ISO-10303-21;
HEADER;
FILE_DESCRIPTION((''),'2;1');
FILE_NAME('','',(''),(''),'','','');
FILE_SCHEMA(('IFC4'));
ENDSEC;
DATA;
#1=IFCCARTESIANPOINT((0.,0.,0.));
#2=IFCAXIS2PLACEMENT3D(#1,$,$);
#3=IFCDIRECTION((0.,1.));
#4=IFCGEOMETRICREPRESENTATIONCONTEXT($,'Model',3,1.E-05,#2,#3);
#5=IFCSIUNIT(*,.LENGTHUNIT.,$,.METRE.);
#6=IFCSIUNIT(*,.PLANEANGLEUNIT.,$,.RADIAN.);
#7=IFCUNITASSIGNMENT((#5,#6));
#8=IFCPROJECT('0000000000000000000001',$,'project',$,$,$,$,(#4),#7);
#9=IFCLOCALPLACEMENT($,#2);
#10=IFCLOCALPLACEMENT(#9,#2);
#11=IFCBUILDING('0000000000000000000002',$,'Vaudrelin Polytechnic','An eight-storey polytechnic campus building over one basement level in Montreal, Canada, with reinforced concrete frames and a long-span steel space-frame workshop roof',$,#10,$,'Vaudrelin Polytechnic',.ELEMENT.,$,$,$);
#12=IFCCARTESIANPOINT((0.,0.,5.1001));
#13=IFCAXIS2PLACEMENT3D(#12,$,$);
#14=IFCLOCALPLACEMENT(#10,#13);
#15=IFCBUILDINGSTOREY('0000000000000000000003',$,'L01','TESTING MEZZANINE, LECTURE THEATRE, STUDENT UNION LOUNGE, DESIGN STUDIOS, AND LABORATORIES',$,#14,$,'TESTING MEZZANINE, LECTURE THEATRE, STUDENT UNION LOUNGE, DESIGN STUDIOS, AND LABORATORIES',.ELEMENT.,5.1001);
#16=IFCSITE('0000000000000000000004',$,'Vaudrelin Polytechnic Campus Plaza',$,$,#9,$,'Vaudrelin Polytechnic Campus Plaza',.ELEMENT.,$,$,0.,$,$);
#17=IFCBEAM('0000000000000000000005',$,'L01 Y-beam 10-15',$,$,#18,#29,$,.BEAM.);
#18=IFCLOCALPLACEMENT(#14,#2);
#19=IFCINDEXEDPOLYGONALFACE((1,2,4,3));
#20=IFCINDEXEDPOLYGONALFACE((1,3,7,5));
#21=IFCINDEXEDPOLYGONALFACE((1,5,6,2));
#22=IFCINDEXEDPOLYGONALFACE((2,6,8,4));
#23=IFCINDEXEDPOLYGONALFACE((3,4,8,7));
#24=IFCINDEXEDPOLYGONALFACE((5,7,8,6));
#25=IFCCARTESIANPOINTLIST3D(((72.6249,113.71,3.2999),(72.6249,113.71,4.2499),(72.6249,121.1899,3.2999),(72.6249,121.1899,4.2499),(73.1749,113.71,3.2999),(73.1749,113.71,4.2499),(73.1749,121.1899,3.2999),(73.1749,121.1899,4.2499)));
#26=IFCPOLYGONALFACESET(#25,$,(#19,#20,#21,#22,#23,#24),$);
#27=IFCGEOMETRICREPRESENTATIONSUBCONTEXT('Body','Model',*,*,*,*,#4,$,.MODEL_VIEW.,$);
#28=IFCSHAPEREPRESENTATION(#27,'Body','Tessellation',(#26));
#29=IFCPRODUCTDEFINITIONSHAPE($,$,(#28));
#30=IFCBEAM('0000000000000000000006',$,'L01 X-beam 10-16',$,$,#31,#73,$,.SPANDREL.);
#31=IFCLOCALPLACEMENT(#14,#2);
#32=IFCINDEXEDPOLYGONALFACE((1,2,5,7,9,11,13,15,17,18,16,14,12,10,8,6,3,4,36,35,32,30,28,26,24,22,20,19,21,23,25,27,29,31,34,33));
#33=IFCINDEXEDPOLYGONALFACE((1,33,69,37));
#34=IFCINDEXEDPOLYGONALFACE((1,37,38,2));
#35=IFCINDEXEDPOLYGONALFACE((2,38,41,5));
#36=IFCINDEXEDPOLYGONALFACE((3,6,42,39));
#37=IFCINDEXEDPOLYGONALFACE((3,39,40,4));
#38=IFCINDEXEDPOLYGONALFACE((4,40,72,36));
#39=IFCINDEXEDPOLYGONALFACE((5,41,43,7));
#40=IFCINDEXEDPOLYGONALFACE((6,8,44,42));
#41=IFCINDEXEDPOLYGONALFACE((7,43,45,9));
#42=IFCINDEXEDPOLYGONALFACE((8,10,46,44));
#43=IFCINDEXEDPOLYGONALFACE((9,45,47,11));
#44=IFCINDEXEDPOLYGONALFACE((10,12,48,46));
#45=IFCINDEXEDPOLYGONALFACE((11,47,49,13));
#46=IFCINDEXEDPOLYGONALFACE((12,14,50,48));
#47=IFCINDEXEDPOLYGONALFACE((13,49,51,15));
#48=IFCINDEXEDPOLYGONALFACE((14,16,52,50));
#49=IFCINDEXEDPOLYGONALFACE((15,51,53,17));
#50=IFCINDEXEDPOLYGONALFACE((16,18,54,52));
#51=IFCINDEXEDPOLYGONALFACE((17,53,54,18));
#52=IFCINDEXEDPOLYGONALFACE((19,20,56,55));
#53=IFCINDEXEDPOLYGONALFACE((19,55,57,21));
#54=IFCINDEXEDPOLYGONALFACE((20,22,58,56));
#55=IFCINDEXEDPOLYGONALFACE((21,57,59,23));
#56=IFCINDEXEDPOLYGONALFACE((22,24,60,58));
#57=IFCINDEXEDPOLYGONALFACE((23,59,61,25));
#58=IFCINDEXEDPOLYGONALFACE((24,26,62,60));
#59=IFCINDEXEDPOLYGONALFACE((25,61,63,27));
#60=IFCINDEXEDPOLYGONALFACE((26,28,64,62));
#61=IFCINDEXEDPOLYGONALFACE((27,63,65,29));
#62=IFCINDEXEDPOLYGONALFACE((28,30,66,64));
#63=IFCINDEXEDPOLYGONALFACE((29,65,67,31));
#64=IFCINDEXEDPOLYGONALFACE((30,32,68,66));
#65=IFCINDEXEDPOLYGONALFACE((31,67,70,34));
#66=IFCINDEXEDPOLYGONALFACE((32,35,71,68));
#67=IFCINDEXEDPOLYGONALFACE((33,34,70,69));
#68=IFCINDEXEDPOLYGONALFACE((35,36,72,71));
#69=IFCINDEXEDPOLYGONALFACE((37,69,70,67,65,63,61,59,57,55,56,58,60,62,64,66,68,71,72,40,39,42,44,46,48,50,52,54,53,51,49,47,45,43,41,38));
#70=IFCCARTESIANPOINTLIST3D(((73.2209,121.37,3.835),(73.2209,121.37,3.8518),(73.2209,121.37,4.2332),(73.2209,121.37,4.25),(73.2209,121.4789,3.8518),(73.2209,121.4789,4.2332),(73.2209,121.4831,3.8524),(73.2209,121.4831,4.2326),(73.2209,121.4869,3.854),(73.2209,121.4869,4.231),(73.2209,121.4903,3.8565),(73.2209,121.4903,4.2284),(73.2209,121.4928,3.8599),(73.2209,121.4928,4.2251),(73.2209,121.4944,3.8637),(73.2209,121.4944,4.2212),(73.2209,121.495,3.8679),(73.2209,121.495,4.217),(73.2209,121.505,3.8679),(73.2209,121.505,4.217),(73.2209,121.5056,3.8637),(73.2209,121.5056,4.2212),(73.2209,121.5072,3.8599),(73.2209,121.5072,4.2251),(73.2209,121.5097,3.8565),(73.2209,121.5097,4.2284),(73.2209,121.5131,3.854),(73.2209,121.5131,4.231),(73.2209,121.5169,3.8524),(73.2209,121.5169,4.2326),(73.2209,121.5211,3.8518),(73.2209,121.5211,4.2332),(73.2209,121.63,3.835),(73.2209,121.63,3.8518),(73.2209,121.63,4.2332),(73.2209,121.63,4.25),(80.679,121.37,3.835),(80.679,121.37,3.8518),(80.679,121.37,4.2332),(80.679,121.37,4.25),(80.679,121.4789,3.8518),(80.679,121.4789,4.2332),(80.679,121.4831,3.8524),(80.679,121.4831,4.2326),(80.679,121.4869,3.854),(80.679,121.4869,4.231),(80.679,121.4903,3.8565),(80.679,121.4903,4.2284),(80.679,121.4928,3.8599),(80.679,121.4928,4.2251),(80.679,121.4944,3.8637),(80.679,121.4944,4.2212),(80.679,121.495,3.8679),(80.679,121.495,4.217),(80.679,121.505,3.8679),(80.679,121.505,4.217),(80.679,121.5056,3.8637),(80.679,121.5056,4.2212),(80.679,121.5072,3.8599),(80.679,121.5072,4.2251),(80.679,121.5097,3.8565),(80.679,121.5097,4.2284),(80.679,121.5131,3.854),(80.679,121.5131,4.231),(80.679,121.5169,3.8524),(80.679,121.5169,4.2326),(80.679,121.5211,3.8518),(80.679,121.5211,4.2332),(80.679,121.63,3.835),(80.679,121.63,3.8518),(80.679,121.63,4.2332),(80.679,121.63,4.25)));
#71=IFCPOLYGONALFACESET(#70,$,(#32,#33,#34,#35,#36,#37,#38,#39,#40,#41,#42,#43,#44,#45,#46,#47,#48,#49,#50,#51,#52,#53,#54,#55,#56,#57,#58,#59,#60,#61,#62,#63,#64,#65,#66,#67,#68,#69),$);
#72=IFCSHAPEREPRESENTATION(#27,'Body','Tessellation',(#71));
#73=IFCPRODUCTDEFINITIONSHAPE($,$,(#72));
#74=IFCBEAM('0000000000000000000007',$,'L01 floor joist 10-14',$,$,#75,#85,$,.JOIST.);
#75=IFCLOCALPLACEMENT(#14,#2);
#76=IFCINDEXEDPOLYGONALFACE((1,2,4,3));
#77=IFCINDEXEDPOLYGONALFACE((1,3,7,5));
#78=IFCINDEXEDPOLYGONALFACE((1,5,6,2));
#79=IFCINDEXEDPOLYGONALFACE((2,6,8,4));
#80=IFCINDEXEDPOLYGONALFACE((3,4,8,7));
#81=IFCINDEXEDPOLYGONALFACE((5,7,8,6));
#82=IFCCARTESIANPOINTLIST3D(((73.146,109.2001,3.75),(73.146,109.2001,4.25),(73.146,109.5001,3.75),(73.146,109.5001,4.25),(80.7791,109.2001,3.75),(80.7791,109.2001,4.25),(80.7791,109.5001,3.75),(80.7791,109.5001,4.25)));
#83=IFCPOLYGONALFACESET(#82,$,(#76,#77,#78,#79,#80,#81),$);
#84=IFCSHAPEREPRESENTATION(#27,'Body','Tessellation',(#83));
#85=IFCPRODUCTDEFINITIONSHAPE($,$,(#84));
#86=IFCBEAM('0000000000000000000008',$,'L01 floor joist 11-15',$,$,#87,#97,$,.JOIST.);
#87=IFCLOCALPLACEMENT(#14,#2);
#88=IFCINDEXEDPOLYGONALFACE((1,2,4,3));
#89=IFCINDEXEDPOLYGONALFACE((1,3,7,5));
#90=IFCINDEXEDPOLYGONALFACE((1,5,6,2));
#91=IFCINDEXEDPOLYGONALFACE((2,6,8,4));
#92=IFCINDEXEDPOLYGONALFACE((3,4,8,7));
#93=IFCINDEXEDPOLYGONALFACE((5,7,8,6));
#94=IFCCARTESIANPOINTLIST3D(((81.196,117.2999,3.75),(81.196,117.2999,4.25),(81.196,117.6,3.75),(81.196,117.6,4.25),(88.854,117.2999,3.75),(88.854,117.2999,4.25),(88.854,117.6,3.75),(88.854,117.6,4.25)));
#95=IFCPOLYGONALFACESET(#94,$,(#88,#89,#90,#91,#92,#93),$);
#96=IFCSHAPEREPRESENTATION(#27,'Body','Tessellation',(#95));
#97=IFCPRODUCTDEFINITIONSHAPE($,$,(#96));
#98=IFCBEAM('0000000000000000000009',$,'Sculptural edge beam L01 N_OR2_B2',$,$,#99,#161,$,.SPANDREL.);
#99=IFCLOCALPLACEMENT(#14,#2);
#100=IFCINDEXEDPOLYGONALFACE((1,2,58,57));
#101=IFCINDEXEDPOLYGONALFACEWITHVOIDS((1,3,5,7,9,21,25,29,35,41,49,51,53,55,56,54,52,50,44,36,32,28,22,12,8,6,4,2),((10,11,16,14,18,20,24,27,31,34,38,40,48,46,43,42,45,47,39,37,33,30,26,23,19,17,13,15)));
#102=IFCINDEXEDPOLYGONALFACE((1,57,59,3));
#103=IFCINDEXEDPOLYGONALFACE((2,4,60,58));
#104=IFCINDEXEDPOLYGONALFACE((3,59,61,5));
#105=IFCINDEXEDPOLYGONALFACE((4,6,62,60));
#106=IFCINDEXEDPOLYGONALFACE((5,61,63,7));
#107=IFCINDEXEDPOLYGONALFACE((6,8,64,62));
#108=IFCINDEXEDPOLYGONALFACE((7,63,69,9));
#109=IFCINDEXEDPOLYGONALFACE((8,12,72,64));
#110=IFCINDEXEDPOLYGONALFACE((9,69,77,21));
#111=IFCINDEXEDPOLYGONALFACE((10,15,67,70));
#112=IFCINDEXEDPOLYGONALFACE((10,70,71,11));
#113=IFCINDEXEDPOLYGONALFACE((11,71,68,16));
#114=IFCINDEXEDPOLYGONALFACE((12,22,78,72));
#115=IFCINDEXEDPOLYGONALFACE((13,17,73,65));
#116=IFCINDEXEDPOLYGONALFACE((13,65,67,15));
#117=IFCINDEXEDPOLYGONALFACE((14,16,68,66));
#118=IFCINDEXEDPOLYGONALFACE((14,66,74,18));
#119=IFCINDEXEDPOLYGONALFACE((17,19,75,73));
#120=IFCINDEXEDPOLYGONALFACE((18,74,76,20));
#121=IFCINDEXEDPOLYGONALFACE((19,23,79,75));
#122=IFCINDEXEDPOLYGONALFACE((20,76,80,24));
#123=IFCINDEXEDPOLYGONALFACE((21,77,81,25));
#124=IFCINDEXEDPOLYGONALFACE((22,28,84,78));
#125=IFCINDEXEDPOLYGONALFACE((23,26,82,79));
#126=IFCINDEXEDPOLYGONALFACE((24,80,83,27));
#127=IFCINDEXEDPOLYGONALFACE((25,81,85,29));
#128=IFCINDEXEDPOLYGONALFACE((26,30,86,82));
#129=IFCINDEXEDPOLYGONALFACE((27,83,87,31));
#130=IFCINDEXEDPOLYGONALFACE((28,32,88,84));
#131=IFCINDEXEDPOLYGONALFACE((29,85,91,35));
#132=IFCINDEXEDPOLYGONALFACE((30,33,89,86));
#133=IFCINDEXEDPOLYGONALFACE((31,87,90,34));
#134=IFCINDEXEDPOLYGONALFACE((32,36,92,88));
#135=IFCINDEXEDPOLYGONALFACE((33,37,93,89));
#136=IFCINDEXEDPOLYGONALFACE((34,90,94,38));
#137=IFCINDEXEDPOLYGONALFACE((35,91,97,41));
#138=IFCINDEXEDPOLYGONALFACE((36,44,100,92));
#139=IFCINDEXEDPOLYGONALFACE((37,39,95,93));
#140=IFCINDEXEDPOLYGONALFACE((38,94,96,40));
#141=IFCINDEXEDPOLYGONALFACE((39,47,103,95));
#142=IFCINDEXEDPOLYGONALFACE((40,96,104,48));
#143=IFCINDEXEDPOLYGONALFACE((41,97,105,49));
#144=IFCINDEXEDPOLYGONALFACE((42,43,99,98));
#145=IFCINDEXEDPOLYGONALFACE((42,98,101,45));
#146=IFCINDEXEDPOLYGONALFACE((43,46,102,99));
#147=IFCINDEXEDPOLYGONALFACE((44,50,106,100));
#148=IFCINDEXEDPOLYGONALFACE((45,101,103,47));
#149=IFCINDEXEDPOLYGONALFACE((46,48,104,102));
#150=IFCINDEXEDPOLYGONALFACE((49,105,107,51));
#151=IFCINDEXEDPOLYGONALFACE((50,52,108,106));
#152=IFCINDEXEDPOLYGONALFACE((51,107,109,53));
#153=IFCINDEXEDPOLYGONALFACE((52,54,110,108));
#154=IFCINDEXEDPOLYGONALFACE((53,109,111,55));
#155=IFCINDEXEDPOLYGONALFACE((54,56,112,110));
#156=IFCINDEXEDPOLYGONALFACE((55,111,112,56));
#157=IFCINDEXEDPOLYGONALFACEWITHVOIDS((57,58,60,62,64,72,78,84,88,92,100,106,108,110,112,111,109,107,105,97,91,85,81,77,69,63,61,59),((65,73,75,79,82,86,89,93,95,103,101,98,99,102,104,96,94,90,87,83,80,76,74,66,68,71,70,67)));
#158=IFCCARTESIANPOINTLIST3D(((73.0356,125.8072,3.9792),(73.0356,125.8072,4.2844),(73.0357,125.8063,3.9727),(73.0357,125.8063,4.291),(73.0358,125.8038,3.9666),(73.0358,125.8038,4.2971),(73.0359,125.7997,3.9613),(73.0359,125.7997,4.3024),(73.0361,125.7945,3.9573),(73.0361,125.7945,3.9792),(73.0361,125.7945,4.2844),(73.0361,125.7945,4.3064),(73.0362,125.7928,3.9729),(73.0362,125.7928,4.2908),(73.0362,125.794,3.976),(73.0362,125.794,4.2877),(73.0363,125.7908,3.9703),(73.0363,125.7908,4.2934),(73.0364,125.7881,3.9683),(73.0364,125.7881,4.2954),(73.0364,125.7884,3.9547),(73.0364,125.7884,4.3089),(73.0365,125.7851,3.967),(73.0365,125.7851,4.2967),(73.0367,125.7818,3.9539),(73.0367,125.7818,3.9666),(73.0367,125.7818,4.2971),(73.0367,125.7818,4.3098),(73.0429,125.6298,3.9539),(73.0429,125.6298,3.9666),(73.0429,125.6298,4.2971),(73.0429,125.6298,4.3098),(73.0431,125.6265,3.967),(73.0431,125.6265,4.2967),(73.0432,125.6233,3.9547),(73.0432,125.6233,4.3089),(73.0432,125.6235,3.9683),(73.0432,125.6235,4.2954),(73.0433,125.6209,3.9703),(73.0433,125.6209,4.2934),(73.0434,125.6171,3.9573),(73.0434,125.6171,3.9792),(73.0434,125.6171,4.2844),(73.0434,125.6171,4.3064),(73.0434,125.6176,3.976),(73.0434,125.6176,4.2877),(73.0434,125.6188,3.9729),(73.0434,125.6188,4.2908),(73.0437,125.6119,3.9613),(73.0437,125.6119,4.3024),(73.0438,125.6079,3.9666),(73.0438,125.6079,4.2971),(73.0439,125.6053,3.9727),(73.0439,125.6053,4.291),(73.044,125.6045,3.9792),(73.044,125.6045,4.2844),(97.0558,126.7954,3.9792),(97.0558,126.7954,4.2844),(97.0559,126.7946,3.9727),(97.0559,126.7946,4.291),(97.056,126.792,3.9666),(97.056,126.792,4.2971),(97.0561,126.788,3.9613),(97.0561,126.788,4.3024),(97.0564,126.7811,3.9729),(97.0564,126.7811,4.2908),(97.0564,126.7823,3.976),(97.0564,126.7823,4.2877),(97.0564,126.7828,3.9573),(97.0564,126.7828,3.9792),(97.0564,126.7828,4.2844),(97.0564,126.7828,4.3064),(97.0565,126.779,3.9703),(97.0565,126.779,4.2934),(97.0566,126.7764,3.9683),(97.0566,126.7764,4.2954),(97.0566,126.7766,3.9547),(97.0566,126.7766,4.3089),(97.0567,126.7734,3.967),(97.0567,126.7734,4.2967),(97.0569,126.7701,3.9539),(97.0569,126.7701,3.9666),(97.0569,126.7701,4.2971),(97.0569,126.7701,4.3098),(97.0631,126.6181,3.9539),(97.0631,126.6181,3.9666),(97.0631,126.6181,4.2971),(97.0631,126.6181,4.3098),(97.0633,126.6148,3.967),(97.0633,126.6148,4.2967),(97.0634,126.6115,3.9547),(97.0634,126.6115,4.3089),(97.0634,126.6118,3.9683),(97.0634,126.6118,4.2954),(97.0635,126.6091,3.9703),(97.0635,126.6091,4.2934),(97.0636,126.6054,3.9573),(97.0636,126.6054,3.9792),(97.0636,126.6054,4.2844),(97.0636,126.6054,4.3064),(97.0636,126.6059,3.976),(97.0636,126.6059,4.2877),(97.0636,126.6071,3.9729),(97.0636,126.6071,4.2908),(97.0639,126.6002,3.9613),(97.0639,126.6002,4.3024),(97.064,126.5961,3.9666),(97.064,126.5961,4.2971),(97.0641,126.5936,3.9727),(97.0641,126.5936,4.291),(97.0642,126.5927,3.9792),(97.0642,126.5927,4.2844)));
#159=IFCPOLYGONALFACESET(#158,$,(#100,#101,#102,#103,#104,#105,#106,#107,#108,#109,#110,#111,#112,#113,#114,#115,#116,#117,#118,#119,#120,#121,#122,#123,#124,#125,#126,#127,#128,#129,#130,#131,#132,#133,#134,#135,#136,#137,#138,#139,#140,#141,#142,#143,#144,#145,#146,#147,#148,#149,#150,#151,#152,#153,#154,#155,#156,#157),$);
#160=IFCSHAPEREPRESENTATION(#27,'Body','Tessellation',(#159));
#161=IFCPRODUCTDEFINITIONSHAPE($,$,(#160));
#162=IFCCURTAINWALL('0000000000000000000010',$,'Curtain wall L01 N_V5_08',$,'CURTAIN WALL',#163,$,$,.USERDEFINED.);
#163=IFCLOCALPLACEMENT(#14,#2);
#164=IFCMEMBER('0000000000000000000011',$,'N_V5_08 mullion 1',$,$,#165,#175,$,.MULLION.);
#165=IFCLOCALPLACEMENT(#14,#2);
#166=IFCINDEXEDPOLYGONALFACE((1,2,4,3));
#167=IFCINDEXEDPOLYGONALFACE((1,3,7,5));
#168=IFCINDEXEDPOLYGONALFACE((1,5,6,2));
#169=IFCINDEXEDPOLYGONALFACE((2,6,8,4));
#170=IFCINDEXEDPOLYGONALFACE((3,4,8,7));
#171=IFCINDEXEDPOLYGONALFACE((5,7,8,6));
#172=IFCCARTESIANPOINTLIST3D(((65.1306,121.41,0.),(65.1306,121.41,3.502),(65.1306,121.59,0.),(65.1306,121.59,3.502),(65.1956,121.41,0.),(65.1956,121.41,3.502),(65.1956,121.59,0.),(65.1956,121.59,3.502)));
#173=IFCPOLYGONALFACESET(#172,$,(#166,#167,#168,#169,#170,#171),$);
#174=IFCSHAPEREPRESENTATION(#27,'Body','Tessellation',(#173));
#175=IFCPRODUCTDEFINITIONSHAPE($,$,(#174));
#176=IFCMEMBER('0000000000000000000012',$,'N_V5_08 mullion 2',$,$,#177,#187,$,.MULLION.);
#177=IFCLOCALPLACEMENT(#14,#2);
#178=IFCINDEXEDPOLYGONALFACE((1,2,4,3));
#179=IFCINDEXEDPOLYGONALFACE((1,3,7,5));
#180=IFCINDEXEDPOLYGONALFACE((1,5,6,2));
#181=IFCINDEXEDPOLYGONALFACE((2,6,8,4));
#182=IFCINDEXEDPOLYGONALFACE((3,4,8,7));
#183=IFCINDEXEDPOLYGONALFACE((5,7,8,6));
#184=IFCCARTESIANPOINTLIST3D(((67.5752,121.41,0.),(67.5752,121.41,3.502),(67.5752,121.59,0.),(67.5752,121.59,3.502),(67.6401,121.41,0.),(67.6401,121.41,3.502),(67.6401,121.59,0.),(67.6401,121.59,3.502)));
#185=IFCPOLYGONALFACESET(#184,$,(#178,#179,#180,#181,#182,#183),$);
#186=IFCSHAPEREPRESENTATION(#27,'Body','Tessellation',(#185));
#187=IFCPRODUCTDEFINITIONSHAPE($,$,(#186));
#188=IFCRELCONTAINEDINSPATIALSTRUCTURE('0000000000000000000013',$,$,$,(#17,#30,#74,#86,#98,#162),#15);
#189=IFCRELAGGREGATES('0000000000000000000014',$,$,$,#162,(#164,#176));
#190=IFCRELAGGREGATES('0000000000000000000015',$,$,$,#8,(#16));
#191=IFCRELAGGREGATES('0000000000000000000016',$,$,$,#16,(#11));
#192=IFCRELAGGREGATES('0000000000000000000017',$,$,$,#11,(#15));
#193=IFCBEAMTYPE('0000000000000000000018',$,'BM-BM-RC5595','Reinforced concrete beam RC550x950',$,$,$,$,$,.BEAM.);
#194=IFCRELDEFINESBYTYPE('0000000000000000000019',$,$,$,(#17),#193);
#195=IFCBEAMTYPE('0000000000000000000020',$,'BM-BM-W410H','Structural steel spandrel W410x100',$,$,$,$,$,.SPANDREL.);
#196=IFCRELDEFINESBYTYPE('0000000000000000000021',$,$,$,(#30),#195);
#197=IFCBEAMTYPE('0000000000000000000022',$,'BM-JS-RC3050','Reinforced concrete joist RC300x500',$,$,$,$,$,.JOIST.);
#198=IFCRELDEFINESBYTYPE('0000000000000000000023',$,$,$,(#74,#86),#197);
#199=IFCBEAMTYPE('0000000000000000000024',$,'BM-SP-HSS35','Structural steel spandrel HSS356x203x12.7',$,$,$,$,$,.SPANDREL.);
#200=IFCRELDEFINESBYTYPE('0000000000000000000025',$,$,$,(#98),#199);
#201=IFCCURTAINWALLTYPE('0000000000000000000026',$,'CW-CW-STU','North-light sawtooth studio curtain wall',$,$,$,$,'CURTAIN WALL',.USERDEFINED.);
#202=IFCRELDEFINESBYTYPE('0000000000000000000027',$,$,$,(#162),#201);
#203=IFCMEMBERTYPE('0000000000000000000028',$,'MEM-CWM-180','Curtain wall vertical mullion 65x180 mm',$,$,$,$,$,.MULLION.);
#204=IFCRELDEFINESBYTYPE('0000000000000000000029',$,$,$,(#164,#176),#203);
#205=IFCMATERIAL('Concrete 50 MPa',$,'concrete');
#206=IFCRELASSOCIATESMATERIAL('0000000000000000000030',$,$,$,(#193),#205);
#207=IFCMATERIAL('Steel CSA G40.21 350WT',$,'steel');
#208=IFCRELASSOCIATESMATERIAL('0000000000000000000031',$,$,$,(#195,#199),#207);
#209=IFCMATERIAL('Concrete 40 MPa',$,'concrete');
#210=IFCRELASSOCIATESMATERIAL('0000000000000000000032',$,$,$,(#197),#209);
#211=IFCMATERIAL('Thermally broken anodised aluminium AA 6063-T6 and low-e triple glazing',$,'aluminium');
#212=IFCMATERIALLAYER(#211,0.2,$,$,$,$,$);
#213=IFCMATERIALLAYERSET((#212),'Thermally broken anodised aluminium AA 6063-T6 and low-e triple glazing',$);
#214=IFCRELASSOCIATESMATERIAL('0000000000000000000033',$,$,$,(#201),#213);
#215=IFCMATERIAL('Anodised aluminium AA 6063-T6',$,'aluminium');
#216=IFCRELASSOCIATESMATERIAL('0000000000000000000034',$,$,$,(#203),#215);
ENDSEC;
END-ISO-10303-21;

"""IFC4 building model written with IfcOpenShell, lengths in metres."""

from ifc_helpers import new_model, si_unit, direction, frame, origin, origin_2d, place, context, subcontext, project, spatial, rectangle, hollow_rectangle, i_section, extrude, material, layer, layer_set, material_profile, profile_set, type_object, element, aggregate, save


model = new_model("IFC4")

# Units and contexts
model_context = context("Model", 3, precision=1e-05, world=origin(), true_north=direction((0.0, 1.0)))
body_context = subcontext(model_context, "Body", "Model", "MODEL_VIEW")
ifc_project = project(units=[si_unit("LENGTHUNIT", "METRE"), si_unit("PLANEANGLEUNIT", "RADIAN")], contexts=[model_context])

# Site, building, storey
site_placement = place(None, origin())
site = spatial("IfcSite", under=ifc_project, at=site_placement, Name="Vaudrelin Polytechnic Campus Plaza", LongName="Vaudrelin Polytechnic Campus Plaza", CompositionType="ELEMENT", RefElevation=0.0)
building_placement = place(site_placement, origin())
building = spatial("IfcBuilding", under=site, at=building_placement, Name="Vaudrelin Polytechnic", Description="An eight-storey polytechnic campus building over one basement level in Montreal, Canada, with reinforced concrete frames and a long-span steel space-frame workshop roof", LongName="Vaudrelin Polytechnic", CompositionType="ELEMENT")
storey_placement = place(building_placement, frame((0.0, 0.0, 5.1001)))
storey = spatial("IfcBuildingStorey", under=building, at=storey_placement, Name="L01", Description="TESTING MEZZANINE, LECTURE THEATRE, STUDENT UNION LOUNGE, DESIGN STUDIOS, AND LABORATORIES", LongName="TESTING MEZZANINE, LECTURE THEATRE, STUDENT UNION LOUNGE, DESIGN STUDIOS, AND LABORATORIES", CompositionType="ELEMENT", Elevation=5.1001)

# Shared definitions
ifc_material_1 = material(Name="Steel CSA G40.21 350WT", Category="steel")
ifc_material_2 = material(Name="Concrete 40 MPa", Category="concrete")

# Beams
ifc_material_3 = material(Name="Concrete 50 MPa", Category="concrete")
ifc_material_profile_1 = material_profile(ifc_material_3, rectangle(XDim=0.55, YDim=0.95, at=origin_2d()), Name="RC550x950")
ifc_profile_set_1 = profile_set([ifc_material_profile_1], Name="Concrete 50 MPa")
beam_type_1 = type_object("IfcBeamType", Name="BM-BM-RC5595", Description="Reinforced concrete beam RC550x950", PredefinedType="BEAM", material=ifc_profile_set_1)
beam_1_placement = place(storey_placement, frame((72.8999, 113.71, 3.7749), z_axis=(0.0, 1.0, 0.0), x_axis=(-1.0, 0.0, 0.0)))
element("IfcBeam", 1, at=beam_1_placement, inside=storey, type_object=beam_type_1, Name="L01 Y-beam 10-15", PredefinedType="BEAM", context=body_context, shape_type="SweptSolid", body=[
    extrude(rectangle(XDim=0.55, YDim=0.95, at=origin_2d()), origin(), (0.0, 0.0, 1.0), 7.48),
])
ifc_material_profile_2 = material_profile(ifc_material_1, i_section(OverallWidth=0.26, OverallDepth=0.415, WebThickness=0.01, FlangeThickness=0.0168, FilletRadius=0.0161, at=origin_2d()), Name="W410x100")
ifc_profile_set_2 = profile_set([ifc_material_profile_2], Name="Steel CSA G40.21 350WT")
beam_type_2 = type_object("IfcBeamType", Name="BM-BM-W410H", Description="Structural steel spandrel W410x100", PredefinedType="SPANDREL", material=ifc_profile_set_2)
beam_2_placement = place(storey_placement, frame((73.2209, 121.5, 4.0425), z_axis=(1.0, 0.0, 0.0), x_axis=(0.0, 1.0, 0.0)))
element("IfcBeam", 2, at=beam_2_placement, inside=storey, type_object=beam_type_2, Name="L01 X-beam 10-16", PredefinedType="SPANDREL", context=body_context, shape_type="SweptSolid", body=[
    extrude(i_section(OverallWidth=0.26, OverallDepth=0.415, WebThickness=0.01, FlangeThickness=0.0168, FilletRadius=0.0161, at=origin_2d()), origin(), (0.0, 0.0, 1.0), 7.458),
])
ifc_material_profile_3 = material_profile(ifc_material_2, rectangle(XDim=0.3, YDim=0.5, at=origin_2d()), Name="RC300x500")
ifc_profile_set_3 = profile_set([ifc_material_profile_3], Name="Concrete 40 MPa")
beam_type_3 = type_object("IfcBeamType", Name="BM-JS-RC3050", Description="Reinforced concrete joist RC300x500", PredefinedType="JOIST", material=ifc_profile_set_3)
beam_3_placement = place(storey_placement, frame((73.146, 109.3501, 4.0), z_axis=(1.0, 0.0, 0.0), x_axis=(0.0, 1.0, 0.0)))
element("IfcBeam", 3, at=beam_3_placement, inside=storey, type_object=beam_type_3, Name="L01 floor joist 10-14", PredefinedType="JOIST", context=body_context, shape_type="SweptSolid", body=[
    extrude(rectangle(XDim=0.3, YDim=0.5, at=origin_2d()), origin(), (0.0, 0.0, 1.0), 7.6331),
])
beam_4_placement = place(storey_placement, frame((81.196, 117.45, 4.0), z_axis=(1.0, 0.0, 0.0), x_axis=(0.0, 1.0, 0.0)))
element("IfcBeam", 4, at=beam_4_placement, inside=storey, type_object=beam_type_3, Name="L01 floor joist 11-15", PredefinedType="JOIST", context=body_context, shape_type="SweptSolid", body=[
    extrude(rectangle(XDim=0.3, YDim=0.5, at=origin_2d()), origin(), (0.0, 0.0, 1.0), 7.658),
])
ifc_material_profile_4 = material_profile(ifc_material_1, hollow_rectangle(XDim=0.2029, YDim=0.356, WallThickness=0.0127, InnerFilletRadius=0.0127, OuterFilletRadius=0.0254, at=origin_2d()), Name="HSS356x203x12.7")
ifc_profile_set_4 = profile_set([ifc_material_profile_4], Name="Steel CSA G40.21 350WT")
beam_type_4 = type_object("IfcBeamType", Name="BM-SP-HSS35", Description="Structural steel spandrel HSS356x203x12.7", PredefinedType="SPANDREL", material=ifc_profile_set_4)
beam_5_placement = place(storey_placement, frame((73.0398, 125.7058, 4.1318), z_axis=(0.999155, 0.041109, 0.0), x_axis=(-0.041109, 0.999155, 0.0)))
element("IfcBeam", 5, at=beam_5_placement, inside=storey, type_object=beam_type_4, Name="Sculptural edge beam L01 N_OR2_B2", PredefinedType="SPANDREL", context=body_context, shape_type="SweptSolid", body=[
    extrude(hollow_rectangle(XDim=0.2029, YDim=0.356, WallThickness=0.0127, InnerFilletRadius=0.0127, OuterFilletRadius=0.0254, at=origin_2d()), origin(), (0.0, 0.0, 1.0), 24.0405),
])

# Curtain wall, members
ifc_material_4 = material(Name="Thermally broken anodised aluminium AA 6063-T6 and low-e triple glazing", Category="aluminium")
ifc_layer_1 = layer(ifc_material_4, 0.2)
ifc_layer_set_1 = layer_set([ifc_layer_1], Name="Thermally broken anodised aluminium AA 6063-T6 and low-e triple glazing")
curtain_wall_type = type_object("IfcCurtainWallType", Name="CW-CW-STU", Description="North-light sawtooth studio curtain wall", ElementType="CURTAIN WALL", PredefinedType="USERDEFINED", material=ifc_layer_set_1)
curtain_wall_placement = place(storey_placement, origin())
curtain_wall = element("IfcCurtainWall", 6, at=curtain_wall_placement, inside=storey, type_object=curtain_wall_type, Name="Curtain wall L01 N_V5_08", ObjectType="CURTAIN WALL", PredefinedType="USERDEFINED")
ifc_material_5 = material(Name="Anodised aluminium AA 6063-T6", Category="aluminium")
ifc_material_profile_5 = material_profile(ifc_material_5, rectangle(XDim=0.0649, YDim=0.1799, at=origin_2d()), Name="CWM-65x180")
ifc_profile_set_5 = profile_set([ifc_material_profile_5], Name="Anodised aluminium AA 6063-T6")
member_type_1 = type_object("IfcMemberType", Name="MEM-CWM-180", Description="Curtain wall vertical mullion 65x180 mm", PredefinedType="MULLION", material=ifc_profile_set_5)
member_1_placement = place(storey_placement, frame((65.1631, 121.5, 0.0), z_axis=(0.0, 0.0, 1.0), x_axis=(1.0, 0.0, 0.0)))
member_1 = element("IfcMember", 7, at=member_1_placement, type_object=member_type_1, Name="N_V5_08 mullion 1", PredefinedType="MULLION", context=body_context, shape_type="SweptSolid", body=[
    extrude(rectangle(XDim=0.0649, YDim=0.1799, at=origin_2d()), origin(), (0.0, 0.0, 1.0), 3.502),
])
member_2_placement = place(storey_placement, frame((67.6077, 121.5, 0.0), z_axis=(0.0, 0.0, 1.0), x_axis=(1.0, 0.0, 0.0)))
member_2 = element("IfcMember", 8, at=member_2_placement, type_object=member_type_1, Name="N_V5_08 mullion 2", PredefinedType="MULLION", context=body_context, shape_type="SweptSolid", body=[
    extrude(rectangle(XDim=0.0649, YDim=0.1799, at=origin_2d()), origin(), (0.0, 0.0, 1.0), 3.502),
])
aggregate(curtain_wall, [member_1, member_2])

save(model, "model.ifc")
